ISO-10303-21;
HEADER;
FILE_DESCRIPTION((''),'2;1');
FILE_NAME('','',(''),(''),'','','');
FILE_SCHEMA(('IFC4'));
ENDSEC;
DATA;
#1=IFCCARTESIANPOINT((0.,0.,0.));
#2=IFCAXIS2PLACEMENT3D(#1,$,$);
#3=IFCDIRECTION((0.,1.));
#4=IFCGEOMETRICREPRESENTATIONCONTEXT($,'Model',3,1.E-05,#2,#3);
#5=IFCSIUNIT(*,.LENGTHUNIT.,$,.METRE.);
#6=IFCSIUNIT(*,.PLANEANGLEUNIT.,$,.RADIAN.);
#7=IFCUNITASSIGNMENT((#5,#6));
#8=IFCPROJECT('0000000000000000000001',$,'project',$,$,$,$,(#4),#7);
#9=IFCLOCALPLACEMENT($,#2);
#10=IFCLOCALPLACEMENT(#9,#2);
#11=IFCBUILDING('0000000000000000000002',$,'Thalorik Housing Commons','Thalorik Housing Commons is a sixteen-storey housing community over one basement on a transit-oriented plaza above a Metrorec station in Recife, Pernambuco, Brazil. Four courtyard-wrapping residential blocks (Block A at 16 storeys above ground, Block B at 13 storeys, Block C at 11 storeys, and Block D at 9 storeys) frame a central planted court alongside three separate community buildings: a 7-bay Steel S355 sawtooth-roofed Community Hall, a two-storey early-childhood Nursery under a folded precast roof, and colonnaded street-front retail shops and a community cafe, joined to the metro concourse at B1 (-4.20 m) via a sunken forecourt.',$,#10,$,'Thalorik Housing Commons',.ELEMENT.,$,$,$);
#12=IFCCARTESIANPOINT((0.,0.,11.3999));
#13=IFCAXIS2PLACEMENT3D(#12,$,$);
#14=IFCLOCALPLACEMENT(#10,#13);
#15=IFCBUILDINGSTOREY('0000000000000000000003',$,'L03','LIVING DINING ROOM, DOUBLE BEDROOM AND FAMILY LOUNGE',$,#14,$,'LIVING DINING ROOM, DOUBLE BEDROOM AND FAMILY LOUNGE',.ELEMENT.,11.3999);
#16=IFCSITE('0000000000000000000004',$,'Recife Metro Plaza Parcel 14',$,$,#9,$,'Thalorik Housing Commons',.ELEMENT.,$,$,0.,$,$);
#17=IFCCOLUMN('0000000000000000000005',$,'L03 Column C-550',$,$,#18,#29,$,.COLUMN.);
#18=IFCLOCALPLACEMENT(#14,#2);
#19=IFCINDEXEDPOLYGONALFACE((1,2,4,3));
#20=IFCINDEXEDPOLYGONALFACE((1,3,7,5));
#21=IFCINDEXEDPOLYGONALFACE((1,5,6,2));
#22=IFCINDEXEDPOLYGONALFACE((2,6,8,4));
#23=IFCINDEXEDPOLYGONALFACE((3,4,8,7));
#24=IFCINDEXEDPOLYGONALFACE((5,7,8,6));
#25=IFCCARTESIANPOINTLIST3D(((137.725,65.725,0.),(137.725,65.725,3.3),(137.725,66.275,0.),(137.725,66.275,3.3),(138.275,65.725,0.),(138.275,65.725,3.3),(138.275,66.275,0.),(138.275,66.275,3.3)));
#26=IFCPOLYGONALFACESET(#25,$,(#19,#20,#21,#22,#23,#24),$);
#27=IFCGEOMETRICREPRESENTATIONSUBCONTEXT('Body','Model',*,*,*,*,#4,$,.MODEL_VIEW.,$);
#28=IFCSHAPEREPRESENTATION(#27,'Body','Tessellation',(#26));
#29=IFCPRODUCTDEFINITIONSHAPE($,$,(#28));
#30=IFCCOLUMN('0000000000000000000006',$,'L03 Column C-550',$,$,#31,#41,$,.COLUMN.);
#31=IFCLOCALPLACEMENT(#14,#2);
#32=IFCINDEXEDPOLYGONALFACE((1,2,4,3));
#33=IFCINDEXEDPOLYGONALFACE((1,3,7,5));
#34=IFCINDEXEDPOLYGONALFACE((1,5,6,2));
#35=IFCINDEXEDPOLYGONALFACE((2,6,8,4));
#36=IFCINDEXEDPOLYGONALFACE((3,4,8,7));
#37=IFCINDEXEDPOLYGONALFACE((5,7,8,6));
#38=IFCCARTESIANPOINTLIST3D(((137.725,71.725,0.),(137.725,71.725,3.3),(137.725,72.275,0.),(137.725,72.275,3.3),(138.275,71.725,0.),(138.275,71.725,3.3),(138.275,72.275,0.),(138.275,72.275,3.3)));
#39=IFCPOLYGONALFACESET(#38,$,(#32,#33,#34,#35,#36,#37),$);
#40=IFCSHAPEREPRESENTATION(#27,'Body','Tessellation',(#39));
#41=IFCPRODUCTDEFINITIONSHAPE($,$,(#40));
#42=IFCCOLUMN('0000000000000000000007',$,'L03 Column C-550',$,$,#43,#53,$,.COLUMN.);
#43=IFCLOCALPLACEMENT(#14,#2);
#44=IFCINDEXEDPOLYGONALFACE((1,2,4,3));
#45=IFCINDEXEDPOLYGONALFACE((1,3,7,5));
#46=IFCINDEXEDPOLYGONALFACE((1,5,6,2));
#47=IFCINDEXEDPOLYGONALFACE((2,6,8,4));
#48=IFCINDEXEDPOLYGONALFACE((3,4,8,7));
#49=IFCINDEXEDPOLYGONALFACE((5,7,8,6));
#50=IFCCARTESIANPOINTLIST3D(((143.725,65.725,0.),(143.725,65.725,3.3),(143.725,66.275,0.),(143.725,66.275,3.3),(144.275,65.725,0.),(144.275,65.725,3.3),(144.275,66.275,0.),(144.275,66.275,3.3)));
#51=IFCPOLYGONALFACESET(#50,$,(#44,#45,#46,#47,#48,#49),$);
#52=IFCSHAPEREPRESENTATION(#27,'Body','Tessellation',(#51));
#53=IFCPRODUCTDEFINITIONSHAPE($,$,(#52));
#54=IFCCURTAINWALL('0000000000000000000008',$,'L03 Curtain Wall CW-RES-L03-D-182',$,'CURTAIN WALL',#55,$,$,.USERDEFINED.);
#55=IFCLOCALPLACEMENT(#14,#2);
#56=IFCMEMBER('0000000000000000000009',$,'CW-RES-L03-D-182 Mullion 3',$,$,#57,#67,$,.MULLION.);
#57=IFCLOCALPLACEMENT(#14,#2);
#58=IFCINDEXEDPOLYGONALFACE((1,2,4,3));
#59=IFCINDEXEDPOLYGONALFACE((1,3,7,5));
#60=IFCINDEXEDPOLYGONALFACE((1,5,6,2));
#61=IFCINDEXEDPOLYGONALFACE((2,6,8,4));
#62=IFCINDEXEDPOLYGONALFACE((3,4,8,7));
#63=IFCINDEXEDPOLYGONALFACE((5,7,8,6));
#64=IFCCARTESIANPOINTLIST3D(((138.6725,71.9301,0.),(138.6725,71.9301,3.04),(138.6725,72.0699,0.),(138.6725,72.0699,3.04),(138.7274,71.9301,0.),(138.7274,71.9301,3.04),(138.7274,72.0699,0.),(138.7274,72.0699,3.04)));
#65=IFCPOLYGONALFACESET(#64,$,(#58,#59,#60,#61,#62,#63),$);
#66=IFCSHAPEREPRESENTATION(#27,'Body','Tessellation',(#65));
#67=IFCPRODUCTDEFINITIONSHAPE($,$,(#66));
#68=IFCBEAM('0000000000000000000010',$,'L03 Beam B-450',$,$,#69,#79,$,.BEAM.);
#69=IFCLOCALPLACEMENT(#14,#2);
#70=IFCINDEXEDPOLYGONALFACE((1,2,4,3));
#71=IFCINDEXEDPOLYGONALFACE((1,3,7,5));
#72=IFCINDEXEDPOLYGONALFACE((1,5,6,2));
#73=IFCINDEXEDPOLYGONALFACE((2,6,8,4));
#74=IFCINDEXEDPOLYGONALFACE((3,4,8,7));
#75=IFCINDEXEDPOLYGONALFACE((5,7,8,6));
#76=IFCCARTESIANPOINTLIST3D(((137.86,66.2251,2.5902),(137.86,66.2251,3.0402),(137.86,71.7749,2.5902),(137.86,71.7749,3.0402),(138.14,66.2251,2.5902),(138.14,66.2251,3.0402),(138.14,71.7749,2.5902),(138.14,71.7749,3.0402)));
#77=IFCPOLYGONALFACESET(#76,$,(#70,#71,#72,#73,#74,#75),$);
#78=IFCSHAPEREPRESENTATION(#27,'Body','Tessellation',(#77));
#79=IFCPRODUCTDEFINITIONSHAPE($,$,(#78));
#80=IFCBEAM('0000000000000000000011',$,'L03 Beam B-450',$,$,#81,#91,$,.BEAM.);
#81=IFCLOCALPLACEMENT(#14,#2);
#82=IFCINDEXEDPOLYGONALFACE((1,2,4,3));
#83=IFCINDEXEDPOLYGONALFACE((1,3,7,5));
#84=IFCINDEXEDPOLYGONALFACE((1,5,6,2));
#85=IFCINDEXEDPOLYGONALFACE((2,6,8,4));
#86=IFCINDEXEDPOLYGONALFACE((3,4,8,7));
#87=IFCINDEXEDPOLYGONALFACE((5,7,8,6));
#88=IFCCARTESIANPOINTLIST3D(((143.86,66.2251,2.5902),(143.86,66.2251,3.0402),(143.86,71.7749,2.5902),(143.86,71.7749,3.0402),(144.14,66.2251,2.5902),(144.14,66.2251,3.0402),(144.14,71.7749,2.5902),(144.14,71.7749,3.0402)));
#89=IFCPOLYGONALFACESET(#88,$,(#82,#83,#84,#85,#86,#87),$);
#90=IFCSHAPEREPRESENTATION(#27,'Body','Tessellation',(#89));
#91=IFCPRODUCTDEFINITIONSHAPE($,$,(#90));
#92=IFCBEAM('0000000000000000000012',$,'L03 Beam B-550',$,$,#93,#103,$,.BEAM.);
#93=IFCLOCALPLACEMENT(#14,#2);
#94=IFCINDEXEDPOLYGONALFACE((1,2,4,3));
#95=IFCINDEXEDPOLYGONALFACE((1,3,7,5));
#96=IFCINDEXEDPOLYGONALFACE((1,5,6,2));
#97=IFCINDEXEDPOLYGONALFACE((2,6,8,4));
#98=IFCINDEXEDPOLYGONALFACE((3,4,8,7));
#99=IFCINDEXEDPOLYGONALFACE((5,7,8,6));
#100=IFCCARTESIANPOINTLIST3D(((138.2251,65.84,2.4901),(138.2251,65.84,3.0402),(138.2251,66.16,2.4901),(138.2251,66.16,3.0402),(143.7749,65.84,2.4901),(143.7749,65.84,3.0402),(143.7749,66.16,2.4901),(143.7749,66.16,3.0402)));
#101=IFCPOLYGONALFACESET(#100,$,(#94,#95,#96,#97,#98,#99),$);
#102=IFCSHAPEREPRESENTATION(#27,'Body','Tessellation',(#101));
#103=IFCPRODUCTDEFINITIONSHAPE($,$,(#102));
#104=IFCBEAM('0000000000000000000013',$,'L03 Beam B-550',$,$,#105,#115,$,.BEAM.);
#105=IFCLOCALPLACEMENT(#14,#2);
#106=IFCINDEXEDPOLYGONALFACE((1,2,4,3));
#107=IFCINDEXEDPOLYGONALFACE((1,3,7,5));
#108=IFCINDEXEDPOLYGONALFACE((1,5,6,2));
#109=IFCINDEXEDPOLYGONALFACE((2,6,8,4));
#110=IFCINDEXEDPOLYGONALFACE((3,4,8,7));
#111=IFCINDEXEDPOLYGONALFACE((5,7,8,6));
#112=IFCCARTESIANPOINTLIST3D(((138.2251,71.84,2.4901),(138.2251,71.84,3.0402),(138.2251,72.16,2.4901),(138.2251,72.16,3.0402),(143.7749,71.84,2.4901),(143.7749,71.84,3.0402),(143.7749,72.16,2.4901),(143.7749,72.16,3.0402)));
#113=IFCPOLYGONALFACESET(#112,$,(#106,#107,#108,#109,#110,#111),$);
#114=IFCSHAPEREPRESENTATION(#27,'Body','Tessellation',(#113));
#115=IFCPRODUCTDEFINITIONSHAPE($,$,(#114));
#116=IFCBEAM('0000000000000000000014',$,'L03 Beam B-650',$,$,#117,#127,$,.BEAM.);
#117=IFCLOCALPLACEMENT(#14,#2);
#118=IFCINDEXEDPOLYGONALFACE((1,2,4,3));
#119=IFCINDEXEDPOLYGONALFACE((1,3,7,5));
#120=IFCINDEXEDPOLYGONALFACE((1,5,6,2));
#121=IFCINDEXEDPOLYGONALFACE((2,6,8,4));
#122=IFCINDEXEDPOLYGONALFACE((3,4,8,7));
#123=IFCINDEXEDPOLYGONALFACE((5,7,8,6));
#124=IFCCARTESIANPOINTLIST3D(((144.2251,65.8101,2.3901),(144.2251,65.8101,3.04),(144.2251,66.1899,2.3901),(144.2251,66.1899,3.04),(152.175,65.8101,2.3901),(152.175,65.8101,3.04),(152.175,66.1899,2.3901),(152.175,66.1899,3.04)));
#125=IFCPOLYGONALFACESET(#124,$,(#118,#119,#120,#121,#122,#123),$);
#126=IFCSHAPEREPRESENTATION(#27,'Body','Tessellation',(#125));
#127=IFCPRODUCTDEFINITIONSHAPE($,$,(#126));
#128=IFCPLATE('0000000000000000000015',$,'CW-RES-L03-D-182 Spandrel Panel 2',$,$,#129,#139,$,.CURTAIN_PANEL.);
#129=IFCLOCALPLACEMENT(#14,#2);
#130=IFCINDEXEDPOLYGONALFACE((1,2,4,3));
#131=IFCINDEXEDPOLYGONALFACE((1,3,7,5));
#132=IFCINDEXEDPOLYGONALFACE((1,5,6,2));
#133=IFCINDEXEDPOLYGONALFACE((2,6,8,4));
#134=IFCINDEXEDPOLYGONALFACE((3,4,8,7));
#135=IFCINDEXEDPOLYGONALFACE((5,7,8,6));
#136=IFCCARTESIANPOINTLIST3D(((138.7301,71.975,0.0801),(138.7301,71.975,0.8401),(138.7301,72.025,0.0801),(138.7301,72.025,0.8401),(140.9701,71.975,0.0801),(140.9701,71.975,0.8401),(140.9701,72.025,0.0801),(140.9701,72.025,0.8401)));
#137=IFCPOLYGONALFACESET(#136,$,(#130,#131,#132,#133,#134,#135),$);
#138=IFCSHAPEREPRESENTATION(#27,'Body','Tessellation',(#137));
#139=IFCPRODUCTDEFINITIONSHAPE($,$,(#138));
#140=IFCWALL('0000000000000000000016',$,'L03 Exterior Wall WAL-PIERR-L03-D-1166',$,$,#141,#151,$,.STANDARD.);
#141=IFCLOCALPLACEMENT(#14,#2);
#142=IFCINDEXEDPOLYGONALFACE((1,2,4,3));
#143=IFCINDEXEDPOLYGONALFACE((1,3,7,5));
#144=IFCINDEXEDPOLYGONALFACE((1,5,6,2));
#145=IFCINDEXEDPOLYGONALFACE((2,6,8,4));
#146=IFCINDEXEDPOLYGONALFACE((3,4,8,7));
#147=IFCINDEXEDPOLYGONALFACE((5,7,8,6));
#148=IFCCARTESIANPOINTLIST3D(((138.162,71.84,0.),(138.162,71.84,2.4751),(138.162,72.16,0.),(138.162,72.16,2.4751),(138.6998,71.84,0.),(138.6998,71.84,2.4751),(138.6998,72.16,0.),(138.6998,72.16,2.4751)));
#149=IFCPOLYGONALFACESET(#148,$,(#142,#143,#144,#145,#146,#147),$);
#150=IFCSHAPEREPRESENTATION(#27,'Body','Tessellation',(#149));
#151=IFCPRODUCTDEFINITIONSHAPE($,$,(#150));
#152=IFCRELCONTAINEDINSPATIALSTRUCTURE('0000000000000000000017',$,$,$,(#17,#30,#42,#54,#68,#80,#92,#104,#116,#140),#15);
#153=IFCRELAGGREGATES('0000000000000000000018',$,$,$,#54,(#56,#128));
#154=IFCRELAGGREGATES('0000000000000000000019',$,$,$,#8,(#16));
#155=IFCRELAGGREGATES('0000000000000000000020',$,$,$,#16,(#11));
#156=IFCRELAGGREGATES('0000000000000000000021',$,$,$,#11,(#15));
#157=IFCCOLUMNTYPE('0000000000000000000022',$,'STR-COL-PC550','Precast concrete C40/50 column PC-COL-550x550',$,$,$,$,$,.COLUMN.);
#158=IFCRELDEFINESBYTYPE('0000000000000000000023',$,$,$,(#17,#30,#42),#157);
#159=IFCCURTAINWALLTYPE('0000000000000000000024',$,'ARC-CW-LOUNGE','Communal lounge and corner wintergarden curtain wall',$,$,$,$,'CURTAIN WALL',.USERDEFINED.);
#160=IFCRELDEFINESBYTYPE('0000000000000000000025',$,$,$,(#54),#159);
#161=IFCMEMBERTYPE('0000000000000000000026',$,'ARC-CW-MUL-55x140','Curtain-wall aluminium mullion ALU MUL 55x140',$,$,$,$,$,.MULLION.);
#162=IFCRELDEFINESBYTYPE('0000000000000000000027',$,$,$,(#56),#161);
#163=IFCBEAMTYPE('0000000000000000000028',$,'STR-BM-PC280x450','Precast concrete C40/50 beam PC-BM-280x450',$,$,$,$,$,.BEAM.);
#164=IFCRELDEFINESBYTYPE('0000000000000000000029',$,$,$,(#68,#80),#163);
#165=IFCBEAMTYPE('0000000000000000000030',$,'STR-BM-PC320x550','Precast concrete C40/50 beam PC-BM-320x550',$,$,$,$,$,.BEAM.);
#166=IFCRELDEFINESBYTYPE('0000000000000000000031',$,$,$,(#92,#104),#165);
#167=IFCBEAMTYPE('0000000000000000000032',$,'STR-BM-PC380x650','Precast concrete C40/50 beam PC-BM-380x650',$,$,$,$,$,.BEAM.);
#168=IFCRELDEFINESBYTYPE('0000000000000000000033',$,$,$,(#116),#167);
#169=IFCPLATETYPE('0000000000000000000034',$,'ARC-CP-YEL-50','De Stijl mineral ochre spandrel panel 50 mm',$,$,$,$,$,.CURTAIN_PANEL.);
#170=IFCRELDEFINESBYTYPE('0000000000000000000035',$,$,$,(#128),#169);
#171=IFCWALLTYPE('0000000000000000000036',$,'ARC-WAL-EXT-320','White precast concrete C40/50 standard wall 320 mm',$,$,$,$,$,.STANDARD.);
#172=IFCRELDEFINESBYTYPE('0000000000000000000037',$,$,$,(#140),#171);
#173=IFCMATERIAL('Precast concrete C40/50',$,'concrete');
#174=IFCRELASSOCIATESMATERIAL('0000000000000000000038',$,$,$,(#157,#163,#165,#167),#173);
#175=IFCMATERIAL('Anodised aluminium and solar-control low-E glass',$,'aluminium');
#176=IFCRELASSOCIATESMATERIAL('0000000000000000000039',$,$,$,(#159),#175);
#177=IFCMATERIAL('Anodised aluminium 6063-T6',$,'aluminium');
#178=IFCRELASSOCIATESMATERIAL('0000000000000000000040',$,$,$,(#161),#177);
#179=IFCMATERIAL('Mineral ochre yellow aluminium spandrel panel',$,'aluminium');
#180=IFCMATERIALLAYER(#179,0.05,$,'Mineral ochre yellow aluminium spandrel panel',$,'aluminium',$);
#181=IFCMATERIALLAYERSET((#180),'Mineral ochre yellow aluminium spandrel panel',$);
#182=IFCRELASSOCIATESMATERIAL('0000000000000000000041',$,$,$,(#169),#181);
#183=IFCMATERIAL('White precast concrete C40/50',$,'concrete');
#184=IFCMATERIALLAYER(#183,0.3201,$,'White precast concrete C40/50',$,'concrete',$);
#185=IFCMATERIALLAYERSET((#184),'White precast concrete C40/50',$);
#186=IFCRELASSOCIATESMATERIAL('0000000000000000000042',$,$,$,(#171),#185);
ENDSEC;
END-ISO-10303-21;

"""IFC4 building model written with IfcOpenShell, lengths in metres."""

from ifc_helpers import new_model, si_unit, direction, frame, frame_2d, origin, origin_2d, place, context, subcontext, project, spatial, rectangle, extrude, material, layer, layer_set, material_profile, profile_set, type_object, element, aggregate, save


model = new_model("IFC4")

# Units and contexts
model_context = context("Model", 3, precision=1e-05, world=origin(), true_north=direction((0.0, 1.0)))
body_context = subcontext(model_context, "Body", "Model", "MODEL_VIEW")
ifc_project = project(units=[si_unit("LENGTHUNIT", "METRE"), si_unit("PLANEANGLEUNIT", "RADIAN")], contexts=[model_context])

# Site, building, storey
site_placement = place(None, origin())
site = spatial("IfcSite", under=ifc_project, at=site_placement, Name="Recife Metro Plaza Parcel 14", LongName="Thalorik Housing Commons", CompositionType="ELEMENT", RefElevation=0.0)
building_placement = place(site_placement, origin())
building = spatial("IfcBuilding", under=site, at=building_placement, Name="Thalorik Housing Commons", Description="Thalorik Housing Commons is a sixteen-storey housing community over one basement on a transit-oriented plaza above a Metrorec station in Recife, Pernambuco, Brazil. Four courtyard-wrapping residential blocks (Block A at 16 storeys above ground, Block B at 13 storeys, Block C at 11 storeys, and Block D at 9 storeys) frame a central planted court alongside three separate community buildings: a 7-bay Steel S355 sawtooth-roofed Community Hall, a two-storey early-childhood Nursery under a folded precast roof, and colonnaded street-front retail shops and a community cafe, joined to the metro concourse at B1 (-4.20 m) via a sunken forecourt.", LongName="Thalorik Housing Commons", CompositionType="ELEMENT")
storey_placement = place(building_placement, frame((0.0, 0.0, 11.3999)))
storey = spatial("IfcBuildingStorey", under=building, at=storey_placement, Name="L03", Description="LIVING DINING ROOM, DOUBLE BEDROOM AND FAMILY LOUNGE", LongName="LIVING DINING ROOM, DOUBLE BEDROOM AND FAMILY LOUNGE", CompositionType="ELEMENT", Elevation=11.3999)

# Columns
ifc_material_1 = material(Name="Precast concrete C40/50", Category="concrete")
ifc_material_profile_1 = material_profile(ifc_material_1, rectangle(XDim=0.55, YDim=0.55, at=origin_2d()), Name="PC 550x550", Category="concrete")
ifc_profile_set_1 = profile_set([ifc_material_profile_1], Name="Precast concrete C40/50")
column_type = type_object("IfcColumnType", Name="STR-COL-PC550", Description="Precast concrete C40/50 column PC-COL-550x550", PredefinedType="COLUMN", material=ifc_profile_set_1)
for number, where, z_axis, x_axis, name in (
    (1, (138.0, 66.0, 0.0), (0.0, 0.0, 1.0), (1.0, 0.0, 0.0), "L03 Column C-550"),
    (2, (138.0, 72.0, 0.0), (0.0, 0.0, 1.0), (1.0, 0.0, 0.0), "L03 Column C-550"),
    (3, (144.0, 66.0, 0.0), (0.0, 0.0, 1.0), (1.0, 0.0, 0.0), "L03 Column C-550"),
):
    element("IfcColumn", number, at=place(storey_placement, frame(where, z_axis=z_axis, x_axis=x_axis)), inside=storey, type_object=column_type, Name=name, PredefinedType="COLUMN", context=body_context, shape_type="SweptSolid", body=[
        extrude(rectangle(XDim=0.55, YDim=0.55, at=origin_2d()), origin(), (0.0, 0.0, 1.0), 3.3),
    ])

# Curtain wall, member
ifc_material_2 = material(Name="Anodised aluminium and solar-control low-E glass", Category="aluminium")
curtain_wall_type = type_object("IfcCurtainWallType", Name="ARC-CW-LOUNGE", Description="Communal lounge and corner wintergarden curtain wall", ElementType="CURTAIN WALL", PredefinedType="USERDEFINED", material=ifc_material_2)
curtain_wall_placement = place(storey_placement, origin())
curtain_wall = element("IfcCurtainWall", 4, at=curtain_wall_placement, inside=storey, type_object=curtain_wall_type, Name="L03 Curtain Wall CW-RES-L03-D-182", ObjectType="CURTAIN WALL", PredefinedType="USERDEFINED")
ifc_material_3 = material(Name="Anodised aluminium 6063-T6", Category="aluminium")
ifc_material_profile_2 = material_profile(ifc_material_3, rectangle(XDim=0.0549, YDim=0.1399, at=origin_2d()), Name="ALU MUL 55x140", Category="aluminium")
ifc_profile_set_2 = profile_set([ifc_material_profile_2], Name="Anodised aluminium 6063-T6")
member_type = type_object("IfcMemberType", Name="ARC-CW-MUL-55x140", Description="Curtain-wall aluminium mullion ALU MUL 55x140", PredefinedType="MULLION", material=ifc_profile_set_2)
member_placement = place(storey_placement, frame((138.7, 72.0, 0.0), z_axis=(0.0, 0.0, 1.0), x_axis=(-1.0, 0.0, 0.0)))
member = element("IfcMember", 5, at=member_placement, type_object=member_type, Name="CW-RES-L03-D-182 Mullion 3", PredefinedType="MULLION", context=body_context, shape_type="SweptSolid", body=[
    extrude(rectangle(XDim=0.0549, YDim=0.1399, at=origin_2d()), origin(), (0.0, 0.0, 1.0), 3.04),
])

# Beams
ifc_material_profile_3 = material_profile(ifc_material_1, rectangle(XDim=0.28, YDim=0.45, at=origin_2d()), Name="PC 280x450", Category="concrete")
ifc_profile_set_3 = profile_set([ifc_material_profile_3], Name="Precast concrete C40/50")
beam_type_1 = type_object("IfcBeamType", Name="STR-BM-PC280x450", Description="Precast concrete C40/50 beam PC-BM-280x450", PredefinedType="BEAM", material=ifc_profile_set_3)
for number, where, z_axis, x_axis, name in (
    (6, (138.0, 66.2251, 2.8152), (0.0, 1.0, 0.0), (-1.0, 0.0, 0.0), "L03 Beam B-450"),
    (7, (144.0, 66.2251, 2.8152), (0.0, 1.0, 0.0), (-1.0, 0.0, 0.0), "L03 Beam B-450"),
):
    element("IfcBeam", number, at=place(storey_placement, frame(where, z_axis=z_axis, x_axis=x_axis)), inside=storey, type_object=beam_type_1, Name=name, PredefinedType="BEAM", context=body_context, shape_type="SweptSolid", body=[
        extrude(rectangle(XDim=0.28, YDim=0.45, at=origin_2d()), origin(), (0.0, 0.0, 1.0), 5.5498),
    ])
ifc_material_profile_4 = material_profile(ifc_material_1, rectangle(XDim=0.3201, YDim=0.55, at=origin_2d()), Name="PC 320x550", Category="concrete")
ifc_profile_set_4 = profile_set([ifc_material_profile_4], Name="Precast concrete C40/50")
beam_type_2 = type_object("IfcBeamType", Name="STR-BM-PC320x550", Description="Precast concrete C40/50 beam PC-BM-320x550", PredefinedType="BEAM", material=ifc_profile_set_4)
for number, where, z_axis, x_axis, name in (
    (8, (138.2251, 66.0, 2.7651), (1.0, 0.0, 0.0), (0.0, 1.0, 0.0), "L03 Beam B-550"),
    (9, (138.2251, 72.0, 2.7651), (1.0, 0.0, 0.0), (0.0, 1.0, 0.0), "L03 Beam B-550"),
):
    element("IfcBeam", number, at=place(storey_placement, frame(where, z_axis=z_axis, x_axis=x_axis)), inside=storey, type_object=beam_type_2, Name=name, PredefinedType="BEAM", context=body_context, shape_type="SweptSolid", body=[
        extrude(rectangle(XDim=0.3201, YDim=0.55, at=origin_2d()), origin(), (0.0, 0.0, 1.0), 5.5498),
    ])
ifc_material_profile_5 = material_profile(ifc_material_1, rectangle(XDim=0.3799, YDim=0.6499, at=origin_2d()), Name="PC 380x650", Category="concrete")
ifc_profile_set_5 = profile_set([ifc_material_profile_5], Name="Precast concrete C40/50")
beam_type_3 = type_object("IfcBeamType", Name="STR-BM-PC380x650", Description="Precast concrete C40/50 beam PC-BM-380x650", PredefinedType="BEAM", material=ifc_profile_set_5)
beam_placement = place(storey_placement, frame((144.2251, 66.0, 2.7151), z_axis=(1.0, 0.0, 0.0), x_axis=(0.0, 1.0, 0.0)))
element("IfcBeam", 10, at=beam_placement, inside=storey, type_object=beam_type_3, Name="L03 Beam B-650", PredefinedType="BEAM", context=body_context, shape_type="SweptSolid", body=[
    extrude(rectangle(XDim=0.3799, YDim=0.6499, at=origin_2d()), origin(), (0.0, 0.0, 1.0), 7.95),
])

# Plate
ifc_material_4 = material(Name="Mineral ochre yellow aluminium spandrel panel", Category="aluminium")
ifc_layer_1 = layer(ifc_material_4, 0.05, Name="Mineral ochre yellow aluminium spandrel panel", Category="aluminium")
ifc_layer_set_1 = layer_set([ifc_layer_1], Name="Mineral ochre yellow aluminium spandrel panel")
plate_type = type_object("IfcPlateType", Name="ARC-CP-YEL-50", Description="De Stijl mineral ochre spandrel panel 50 mm", PredefinedType="CURTAIN_PANEL", material=ifc_layer_set_1)
plate_placement = place(storey_placement, frame((139.8501, 72.0, 0.0801), z_axis=(0.0, 0.0, 1.0), x_axis=(-1.0, 0.0, 0.0)))
plate = element("IfcPlate", 11, at=plate_placement, type_object=plate_type, Name="CW-RES-L03-D-182 Spandrel Panel 2", PredefinedType="CURTAIN_PANEL", context=body_context, shape_type="SweptSolid", body=[
    extrude(rectangle(XDim=2.24, YDim=0.05, at=origin_2d()), origin(), (0.0, 0.0, 1.0), 0.76),
])
aggregate(curtain_wall, [member, plate])

# Wall
ifc_material_5 = material(Name="White precast concrete C40/50", Category="concrete")
ifc_layer_2 = layer(ifc_material_5, 0.3201, Name="White precast concrete C40/50", Category="concrete")
ifc_layer_set_2 = layer_set([ifc_layer_2], Name="White precast concrete C40/50")
wall_type_1 = type_object("IfcWallType", Name="ARC-WAL-EXT-320", Description="White precast concrete C40/50 standard wall 320 mm", PredefinedType="STANDARD", material=ifc_layer_set_2)
wall_1_placement = place(storey_placement, frame((138.7, 72.0, 0.0), z_axis=(0.0, 0.0, 1.0), x_axis=(-1.0, 0.0, 0.0)))
element("IfcWall", 12, at=wall_1_placement, inside=storey, type_object=wall_type_1, Name="L03 Exterior Wall WAL-PIERR-L03-D-1166", PredefinedType="STANDARD", context=body_context, shape_type="SweptSolid", body=[
    extrude(rectangle(XDim=0.5378, YDim=0.3201, at=frame_2d((0.269, 0.0))), origin(), (0.0, 0.0, 1.0), 2.4751),
])

save(model, "model.ifc")
